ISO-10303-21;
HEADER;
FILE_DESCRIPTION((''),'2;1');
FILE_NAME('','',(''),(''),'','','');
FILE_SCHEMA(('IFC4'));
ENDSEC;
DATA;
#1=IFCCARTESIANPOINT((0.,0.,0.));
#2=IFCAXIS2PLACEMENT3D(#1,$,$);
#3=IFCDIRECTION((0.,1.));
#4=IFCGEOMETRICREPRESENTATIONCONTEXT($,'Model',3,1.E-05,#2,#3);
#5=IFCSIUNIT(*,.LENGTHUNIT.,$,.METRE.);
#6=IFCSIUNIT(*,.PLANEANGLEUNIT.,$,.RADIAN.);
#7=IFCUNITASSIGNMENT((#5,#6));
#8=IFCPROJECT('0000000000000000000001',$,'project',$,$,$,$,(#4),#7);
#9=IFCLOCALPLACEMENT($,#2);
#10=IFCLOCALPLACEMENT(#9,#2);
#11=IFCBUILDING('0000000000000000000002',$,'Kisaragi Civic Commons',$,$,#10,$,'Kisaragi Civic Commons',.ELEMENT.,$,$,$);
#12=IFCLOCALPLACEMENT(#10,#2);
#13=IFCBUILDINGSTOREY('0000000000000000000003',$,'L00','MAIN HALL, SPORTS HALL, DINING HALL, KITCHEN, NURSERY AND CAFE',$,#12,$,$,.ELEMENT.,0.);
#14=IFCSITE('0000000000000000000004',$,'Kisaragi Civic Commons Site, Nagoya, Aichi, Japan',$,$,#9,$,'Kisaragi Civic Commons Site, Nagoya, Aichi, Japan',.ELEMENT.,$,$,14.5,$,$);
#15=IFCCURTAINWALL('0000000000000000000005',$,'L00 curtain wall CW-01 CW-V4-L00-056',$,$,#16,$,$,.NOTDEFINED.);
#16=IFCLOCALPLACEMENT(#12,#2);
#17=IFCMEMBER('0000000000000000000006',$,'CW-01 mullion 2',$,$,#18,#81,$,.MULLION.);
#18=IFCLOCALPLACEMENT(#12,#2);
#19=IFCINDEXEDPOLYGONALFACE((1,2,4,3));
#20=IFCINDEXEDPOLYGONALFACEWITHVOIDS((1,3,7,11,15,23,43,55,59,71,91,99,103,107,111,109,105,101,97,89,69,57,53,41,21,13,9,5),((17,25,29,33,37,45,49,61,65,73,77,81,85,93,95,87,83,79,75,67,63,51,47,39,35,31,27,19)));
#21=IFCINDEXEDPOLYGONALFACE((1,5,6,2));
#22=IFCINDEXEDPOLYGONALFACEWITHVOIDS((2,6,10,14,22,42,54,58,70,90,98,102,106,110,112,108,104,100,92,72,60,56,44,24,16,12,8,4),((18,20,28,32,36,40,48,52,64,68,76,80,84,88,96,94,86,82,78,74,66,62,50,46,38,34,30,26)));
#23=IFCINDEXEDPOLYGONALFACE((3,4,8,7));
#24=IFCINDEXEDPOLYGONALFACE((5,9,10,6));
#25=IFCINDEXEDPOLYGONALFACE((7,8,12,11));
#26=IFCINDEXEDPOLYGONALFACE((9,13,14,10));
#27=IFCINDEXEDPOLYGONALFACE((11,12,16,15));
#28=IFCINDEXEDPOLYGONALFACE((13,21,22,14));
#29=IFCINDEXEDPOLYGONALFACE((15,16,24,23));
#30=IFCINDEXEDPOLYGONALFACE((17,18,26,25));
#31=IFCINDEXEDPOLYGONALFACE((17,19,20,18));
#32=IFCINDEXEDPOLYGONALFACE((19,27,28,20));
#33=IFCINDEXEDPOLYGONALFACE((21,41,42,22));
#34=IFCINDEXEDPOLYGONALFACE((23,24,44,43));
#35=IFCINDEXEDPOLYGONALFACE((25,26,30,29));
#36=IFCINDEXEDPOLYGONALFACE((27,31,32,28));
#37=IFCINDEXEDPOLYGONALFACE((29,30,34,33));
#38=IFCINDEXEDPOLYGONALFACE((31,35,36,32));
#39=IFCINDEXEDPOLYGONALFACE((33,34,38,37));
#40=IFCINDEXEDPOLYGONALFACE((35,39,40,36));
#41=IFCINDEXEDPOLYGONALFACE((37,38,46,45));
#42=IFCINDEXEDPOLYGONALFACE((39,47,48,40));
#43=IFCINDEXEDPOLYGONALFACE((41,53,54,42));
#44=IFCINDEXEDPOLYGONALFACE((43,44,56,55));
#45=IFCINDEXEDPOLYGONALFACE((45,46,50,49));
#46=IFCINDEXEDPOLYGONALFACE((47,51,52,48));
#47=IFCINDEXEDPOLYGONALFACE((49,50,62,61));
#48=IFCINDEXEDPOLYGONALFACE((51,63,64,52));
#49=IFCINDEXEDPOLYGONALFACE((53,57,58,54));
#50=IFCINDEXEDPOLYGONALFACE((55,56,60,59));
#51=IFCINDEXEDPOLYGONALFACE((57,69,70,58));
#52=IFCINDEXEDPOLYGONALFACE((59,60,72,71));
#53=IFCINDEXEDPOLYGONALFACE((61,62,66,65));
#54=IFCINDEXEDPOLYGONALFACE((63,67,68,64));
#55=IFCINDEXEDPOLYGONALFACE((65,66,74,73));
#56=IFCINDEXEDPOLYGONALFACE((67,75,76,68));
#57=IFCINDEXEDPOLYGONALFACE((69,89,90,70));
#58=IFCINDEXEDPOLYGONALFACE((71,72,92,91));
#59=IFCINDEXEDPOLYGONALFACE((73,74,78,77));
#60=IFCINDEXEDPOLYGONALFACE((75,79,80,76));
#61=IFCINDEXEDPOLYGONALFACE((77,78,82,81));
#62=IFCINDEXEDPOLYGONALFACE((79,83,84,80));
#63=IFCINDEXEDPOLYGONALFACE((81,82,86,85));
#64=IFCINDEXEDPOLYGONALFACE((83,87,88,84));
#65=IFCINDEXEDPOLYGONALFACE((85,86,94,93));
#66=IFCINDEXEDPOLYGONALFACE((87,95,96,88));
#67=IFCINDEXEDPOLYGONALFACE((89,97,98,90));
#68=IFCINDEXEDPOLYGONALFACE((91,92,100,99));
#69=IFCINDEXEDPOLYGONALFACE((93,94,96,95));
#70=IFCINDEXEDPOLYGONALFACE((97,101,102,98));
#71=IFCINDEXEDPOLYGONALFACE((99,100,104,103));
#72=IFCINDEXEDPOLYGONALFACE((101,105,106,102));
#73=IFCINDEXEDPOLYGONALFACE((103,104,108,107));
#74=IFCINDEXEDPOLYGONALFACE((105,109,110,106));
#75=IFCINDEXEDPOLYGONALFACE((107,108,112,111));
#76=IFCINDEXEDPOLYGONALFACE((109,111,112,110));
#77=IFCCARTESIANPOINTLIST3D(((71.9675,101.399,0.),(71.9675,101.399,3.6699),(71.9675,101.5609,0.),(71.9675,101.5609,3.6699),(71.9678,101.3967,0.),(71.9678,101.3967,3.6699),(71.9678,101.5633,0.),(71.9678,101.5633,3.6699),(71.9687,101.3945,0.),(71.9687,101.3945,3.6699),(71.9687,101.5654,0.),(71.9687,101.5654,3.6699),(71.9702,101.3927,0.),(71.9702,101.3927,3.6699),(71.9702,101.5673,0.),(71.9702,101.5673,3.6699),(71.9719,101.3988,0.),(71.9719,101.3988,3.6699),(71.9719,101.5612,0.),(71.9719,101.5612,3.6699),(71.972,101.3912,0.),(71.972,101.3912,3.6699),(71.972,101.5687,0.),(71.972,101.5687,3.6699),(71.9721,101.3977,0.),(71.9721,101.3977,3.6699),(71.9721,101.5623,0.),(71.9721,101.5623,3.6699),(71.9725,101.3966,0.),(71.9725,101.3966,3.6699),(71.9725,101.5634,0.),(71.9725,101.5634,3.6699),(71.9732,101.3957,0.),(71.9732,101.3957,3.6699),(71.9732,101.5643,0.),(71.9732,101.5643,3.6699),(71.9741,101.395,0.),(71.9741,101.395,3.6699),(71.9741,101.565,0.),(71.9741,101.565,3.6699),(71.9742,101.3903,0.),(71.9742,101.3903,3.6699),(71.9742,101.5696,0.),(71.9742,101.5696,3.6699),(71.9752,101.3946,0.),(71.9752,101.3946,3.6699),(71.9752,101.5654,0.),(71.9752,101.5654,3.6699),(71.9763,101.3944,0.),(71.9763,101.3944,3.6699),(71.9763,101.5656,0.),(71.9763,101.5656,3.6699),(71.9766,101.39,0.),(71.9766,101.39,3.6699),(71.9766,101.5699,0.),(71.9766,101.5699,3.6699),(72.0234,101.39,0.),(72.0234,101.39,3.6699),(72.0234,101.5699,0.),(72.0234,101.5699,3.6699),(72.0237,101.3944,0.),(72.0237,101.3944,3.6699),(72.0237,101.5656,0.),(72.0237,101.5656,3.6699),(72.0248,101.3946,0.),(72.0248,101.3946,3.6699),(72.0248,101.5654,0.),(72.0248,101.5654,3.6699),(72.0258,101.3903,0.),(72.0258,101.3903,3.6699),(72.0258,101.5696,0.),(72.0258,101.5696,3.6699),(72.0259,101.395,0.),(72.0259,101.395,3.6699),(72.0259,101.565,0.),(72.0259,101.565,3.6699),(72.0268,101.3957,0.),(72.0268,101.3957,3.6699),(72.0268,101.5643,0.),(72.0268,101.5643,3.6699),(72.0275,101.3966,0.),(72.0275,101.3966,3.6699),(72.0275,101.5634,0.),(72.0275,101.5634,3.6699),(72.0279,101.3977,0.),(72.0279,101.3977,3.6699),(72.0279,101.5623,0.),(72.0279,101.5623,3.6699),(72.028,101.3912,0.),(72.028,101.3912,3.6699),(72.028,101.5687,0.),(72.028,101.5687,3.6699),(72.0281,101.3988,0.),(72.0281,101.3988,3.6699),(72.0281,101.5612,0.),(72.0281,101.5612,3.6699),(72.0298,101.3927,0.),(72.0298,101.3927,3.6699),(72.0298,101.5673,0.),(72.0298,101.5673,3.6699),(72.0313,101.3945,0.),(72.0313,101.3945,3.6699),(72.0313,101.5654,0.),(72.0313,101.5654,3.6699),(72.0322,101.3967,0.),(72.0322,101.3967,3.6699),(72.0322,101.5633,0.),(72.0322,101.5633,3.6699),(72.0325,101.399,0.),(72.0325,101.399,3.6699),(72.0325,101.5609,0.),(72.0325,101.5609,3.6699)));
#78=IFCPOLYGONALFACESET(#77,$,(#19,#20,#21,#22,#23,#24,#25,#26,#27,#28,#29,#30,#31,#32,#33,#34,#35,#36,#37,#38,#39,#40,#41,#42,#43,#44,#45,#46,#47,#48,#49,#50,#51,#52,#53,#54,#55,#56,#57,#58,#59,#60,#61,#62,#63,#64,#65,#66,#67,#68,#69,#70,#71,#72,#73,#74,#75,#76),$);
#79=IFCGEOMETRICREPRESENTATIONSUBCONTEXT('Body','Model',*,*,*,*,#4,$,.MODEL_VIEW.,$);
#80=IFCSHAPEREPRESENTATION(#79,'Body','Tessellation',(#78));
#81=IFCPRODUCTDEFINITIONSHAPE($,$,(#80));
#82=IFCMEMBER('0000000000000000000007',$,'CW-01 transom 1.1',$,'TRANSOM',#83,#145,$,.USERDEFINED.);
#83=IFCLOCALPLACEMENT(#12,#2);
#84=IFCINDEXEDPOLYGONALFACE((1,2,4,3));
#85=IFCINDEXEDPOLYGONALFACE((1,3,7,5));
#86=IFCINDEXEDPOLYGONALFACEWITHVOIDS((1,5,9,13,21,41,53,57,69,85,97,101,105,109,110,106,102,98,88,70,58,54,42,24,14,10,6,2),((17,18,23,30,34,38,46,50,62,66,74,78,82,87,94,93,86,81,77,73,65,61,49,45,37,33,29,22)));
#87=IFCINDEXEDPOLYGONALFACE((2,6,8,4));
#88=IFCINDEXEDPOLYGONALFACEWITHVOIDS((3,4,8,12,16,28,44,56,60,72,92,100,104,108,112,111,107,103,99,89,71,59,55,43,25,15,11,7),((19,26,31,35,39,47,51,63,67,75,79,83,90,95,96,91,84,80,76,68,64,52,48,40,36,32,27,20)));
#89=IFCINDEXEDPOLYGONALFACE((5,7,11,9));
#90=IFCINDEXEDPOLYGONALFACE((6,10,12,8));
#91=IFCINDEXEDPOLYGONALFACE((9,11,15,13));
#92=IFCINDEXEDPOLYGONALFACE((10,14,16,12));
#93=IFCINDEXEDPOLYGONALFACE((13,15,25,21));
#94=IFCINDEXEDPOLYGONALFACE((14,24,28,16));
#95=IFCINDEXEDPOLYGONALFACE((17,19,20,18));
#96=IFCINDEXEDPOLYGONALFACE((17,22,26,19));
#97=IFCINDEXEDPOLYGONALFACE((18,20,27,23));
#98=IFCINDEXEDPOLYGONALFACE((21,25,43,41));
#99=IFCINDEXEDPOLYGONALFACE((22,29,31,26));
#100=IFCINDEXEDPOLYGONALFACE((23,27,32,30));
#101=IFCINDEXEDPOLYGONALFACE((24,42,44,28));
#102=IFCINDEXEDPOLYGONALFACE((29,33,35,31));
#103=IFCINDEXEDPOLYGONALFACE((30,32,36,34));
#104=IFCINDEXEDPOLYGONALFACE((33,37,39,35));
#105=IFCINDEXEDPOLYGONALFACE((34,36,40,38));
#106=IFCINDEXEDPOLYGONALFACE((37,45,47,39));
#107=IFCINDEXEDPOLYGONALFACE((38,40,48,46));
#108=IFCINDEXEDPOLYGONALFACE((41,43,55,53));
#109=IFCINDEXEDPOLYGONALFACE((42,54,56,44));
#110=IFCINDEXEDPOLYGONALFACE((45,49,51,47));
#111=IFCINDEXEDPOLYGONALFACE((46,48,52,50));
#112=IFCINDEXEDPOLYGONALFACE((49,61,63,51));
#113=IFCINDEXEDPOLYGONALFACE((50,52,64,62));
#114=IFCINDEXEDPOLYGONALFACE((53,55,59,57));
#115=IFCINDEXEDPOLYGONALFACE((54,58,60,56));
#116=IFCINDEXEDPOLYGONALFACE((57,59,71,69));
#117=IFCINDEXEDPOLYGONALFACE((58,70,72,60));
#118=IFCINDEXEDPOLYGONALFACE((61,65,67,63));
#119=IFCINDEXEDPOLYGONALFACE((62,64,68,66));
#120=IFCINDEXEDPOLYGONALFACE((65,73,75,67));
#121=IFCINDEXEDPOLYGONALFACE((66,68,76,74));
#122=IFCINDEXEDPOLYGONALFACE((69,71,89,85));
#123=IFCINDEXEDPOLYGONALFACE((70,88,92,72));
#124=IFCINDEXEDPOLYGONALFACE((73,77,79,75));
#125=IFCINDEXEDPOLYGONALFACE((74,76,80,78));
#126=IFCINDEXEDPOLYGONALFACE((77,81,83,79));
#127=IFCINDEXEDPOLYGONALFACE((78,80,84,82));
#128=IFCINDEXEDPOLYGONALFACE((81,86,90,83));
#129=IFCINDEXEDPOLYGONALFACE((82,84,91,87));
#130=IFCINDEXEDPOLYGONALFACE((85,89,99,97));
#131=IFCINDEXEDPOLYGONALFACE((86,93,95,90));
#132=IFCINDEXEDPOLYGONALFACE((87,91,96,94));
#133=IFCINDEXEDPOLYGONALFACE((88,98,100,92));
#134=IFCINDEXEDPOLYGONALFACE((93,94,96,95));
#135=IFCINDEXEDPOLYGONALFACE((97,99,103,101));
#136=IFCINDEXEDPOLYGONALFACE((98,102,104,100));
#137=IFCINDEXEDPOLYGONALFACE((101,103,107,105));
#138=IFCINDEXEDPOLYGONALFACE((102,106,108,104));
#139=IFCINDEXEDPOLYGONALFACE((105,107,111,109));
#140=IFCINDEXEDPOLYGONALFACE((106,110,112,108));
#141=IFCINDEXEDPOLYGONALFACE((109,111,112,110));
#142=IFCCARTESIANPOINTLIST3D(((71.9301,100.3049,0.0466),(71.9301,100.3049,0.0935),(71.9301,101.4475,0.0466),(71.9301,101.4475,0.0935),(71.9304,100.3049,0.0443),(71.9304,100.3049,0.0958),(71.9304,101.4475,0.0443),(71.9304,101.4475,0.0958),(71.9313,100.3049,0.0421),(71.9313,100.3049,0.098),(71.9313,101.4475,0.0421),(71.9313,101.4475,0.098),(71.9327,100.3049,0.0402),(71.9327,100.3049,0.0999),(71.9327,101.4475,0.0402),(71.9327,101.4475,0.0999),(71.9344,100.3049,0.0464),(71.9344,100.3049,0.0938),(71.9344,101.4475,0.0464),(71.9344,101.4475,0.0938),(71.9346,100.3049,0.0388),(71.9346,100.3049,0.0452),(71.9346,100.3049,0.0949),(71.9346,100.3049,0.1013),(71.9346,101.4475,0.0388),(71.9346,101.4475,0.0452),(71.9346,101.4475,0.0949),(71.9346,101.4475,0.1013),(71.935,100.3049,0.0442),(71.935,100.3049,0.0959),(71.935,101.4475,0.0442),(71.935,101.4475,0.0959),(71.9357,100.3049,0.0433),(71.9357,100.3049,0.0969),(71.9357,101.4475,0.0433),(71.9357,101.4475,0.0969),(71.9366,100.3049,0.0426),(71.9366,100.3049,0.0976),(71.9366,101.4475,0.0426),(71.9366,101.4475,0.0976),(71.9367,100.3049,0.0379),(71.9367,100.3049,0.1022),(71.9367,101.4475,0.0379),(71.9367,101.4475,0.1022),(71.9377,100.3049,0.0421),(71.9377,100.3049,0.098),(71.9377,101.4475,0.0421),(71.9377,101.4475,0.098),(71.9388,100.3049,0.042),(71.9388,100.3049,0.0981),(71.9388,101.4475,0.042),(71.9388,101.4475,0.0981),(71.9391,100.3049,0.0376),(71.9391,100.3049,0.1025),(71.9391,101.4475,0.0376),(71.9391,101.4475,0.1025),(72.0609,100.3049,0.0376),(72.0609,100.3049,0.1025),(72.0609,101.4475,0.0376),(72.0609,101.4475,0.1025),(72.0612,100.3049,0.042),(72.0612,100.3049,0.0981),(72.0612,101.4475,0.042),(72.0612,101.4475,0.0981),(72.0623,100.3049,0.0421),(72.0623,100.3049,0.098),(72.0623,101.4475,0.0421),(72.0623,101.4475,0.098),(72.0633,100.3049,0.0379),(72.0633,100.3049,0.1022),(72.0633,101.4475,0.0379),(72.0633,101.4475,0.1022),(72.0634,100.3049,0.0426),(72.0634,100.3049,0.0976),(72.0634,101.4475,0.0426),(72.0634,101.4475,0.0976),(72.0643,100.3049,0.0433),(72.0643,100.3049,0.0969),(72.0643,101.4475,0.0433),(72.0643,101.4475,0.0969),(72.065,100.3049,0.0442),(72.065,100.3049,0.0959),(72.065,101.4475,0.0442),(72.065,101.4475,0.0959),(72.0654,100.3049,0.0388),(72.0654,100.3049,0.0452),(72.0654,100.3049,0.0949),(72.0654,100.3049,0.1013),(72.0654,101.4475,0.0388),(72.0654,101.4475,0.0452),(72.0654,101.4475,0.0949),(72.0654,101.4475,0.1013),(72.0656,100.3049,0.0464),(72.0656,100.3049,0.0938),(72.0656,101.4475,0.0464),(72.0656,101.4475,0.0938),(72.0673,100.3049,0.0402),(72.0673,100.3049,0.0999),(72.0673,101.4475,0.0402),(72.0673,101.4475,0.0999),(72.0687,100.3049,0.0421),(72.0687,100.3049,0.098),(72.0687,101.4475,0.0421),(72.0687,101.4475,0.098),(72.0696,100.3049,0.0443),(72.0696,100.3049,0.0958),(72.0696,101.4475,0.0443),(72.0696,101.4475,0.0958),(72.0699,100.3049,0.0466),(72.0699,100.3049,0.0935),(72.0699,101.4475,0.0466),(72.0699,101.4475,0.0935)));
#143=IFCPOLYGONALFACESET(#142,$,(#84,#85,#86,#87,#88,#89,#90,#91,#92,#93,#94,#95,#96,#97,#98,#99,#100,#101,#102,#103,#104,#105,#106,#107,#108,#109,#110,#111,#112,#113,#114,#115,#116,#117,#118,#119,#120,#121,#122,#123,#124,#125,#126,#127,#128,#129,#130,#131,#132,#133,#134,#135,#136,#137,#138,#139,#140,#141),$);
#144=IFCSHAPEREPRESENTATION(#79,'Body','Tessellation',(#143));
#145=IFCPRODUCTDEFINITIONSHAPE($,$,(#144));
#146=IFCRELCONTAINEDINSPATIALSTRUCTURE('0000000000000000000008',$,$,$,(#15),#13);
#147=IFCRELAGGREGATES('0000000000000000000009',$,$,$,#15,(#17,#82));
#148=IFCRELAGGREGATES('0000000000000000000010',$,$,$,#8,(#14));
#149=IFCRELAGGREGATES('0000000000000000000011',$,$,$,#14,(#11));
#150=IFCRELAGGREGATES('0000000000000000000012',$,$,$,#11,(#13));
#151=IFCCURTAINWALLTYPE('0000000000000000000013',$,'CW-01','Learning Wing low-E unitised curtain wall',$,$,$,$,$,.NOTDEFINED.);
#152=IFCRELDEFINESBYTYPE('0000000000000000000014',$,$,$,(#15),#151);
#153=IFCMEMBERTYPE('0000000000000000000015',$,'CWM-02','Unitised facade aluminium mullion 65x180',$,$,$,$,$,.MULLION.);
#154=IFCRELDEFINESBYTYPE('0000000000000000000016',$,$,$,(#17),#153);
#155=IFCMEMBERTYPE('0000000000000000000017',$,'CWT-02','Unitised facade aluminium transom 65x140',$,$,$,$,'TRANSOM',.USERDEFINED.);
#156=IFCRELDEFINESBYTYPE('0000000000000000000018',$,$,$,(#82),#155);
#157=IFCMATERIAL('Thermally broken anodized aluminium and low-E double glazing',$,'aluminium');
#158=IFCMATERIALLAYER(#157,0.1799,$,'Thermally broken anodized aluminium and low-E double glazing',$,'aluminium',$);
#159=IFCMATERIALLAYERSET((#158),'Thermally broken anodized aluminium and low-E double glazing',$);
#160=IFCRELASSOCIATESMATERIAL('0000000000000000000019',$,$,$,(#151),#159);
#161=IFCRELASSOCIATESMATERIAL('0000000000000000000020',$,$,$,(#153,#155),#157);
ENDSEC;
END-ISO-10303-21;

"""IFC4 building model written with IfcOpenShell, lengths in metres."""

from ifc_helpers import new_model, si_unit, direction, frame, origin, origin_2d, place, context, subcontext, project, spatial, hollow_rectangle, extrude, material, layer, layer_set, material_profile, profile_set, type_object, element, aggregate, save


model = new_model("IFC4")

# Units and contexts
model_context = context("Model", 3, precision=1e-05, world=origin(), true_north=direction((0.0, 1.0)))
body_context = subcontext(model_context, "Body", "Model", "MODEL_VIEW")
ifc_project = project(units=[si_unit("LENGTHUNIT", "METRE"), si_unit("PLANEANGLEUNIT", "RADIAN")], contexts=[model_context])

# Site, building, storey
site_placement = place(None, origin())
site = spatial("IfcSite", under=ifc_project, at=site_placement, Name="Kisaragi Civic Commons Site, Nagoya, Aichi, Japan", LongName="Kisaragi Civic Commons Site, Nagoya, Aichi, Japan", CompositionType="ELEMENT", RefElevation=14.5)
building_placement = place(site_placement, origin())
building = spatial("IfcBuilding", under=site, at=building_placement, Name="Kisaragi Civic Commons", LongName="Kisaragi Civic Commons", CompositionType="ELEMENT")
storey_placement = place(building_placement, origin())
storey = spatial("IfcBuildingStorey", under=building, at=storey_placement, Name="L00", Description="MAIN HALL, SPORTS HALL, DINING HALL, KITCHEN, NURSERY AND CAFE", CompositionType="ELEMENT", Elevation=0.0)

# Shared definitions
ifc_material_1 = material(Name="Thermally broken anodized aluminium and low-E double glazing", Category="aluminium")
ifc_layer_1 = layer(ifc_material_1, 0.1799, Name="Thermally broken anodized aluminium and low-E double glazing", Category="aluminium")
ifc_layer_set_1 = layer_set([ifc_layer_1], Name="Thermally broken anodized aluminium and low-E double glazing")
curtain_wall_type = type_object("IfcCurtainWallType", Name="CW-01", Description="Learning Wing low-E unitised curtain wall", PredefinedType="NOTDEFINED", material=ifc_layer_set_1)
ifc_material_profile_1 = material_profile(ifc_material_1, hollow_rectangle(XDim=0.0649, YDim=0.1799, WallThickness=0.0044, InnerFilletRadius=0.0044, OuterFilletRadius=0.009, at=origin_2d()), Name="CWM-65x180x4.5", Category="aluminium")
ifc_profile_set_1 = profile_set([ifc_material_profile_1], Name="Thermally broken anodized aluminium and low-E double glazing")
member_type_1 = type_object("IfcMemberType", Name="CWM-02", Description="Unitised facade aluminium mullion 65x180", PredefinedType="MULLION", material=ifc_profile_set_1)

# Curtain wall, members
curtain_wall_1_placement = place(storey_placement, origin())
curtain_wall_1 = element("IfcCurtainWall", 1, at=curtain_wall_1_placement, inside=storey, type_object=curtain_wall_type, Name="L00 curtain wall CW-01 CW-V4-L00-056", PredefinedType="NOTDEFINED")
member_1_placement = place(storey_placement, frame((72.0, 101.48, 0.0), z_axis=(0.0, 0.0, 1.0), x_axis=(-1.0, 0.0, 0.0)))
member_1 = element("IfcMember", 2, at=member_1_placement, type_object=member_type_1, Name="CW-01 mullion 2", PredefinedType="MULLION", context=body_context, shape_type="SweptSolid", body=[
    extrude(hollow_rectangle(XDim=0.0649, YDim=0.1799, WallThickness=0.0044, InnerFilletRadius=0.0044, OuterFilletRadius=0.009, at=origin_2d()), origin(), (0.0, 0.0, 1.0), 3.6699),
])
ifc_material_profile_2 = material_profile(ifc_material_1, hollow_rectangle(XDim=0.1399, YDim=0.0649, WallThickness=0.0044, InnerFilletRadius=0.0044, OuterFilletRadius=0.009, at=origin_2d()), Name="CWT-65x140x4.5", Category="aluminium")
ifc_profile_set_2 = profile_set([ifc_material_profile_2], Name="Thermally broken anodized aluminium and low-E double glazing")
member_type_2 = type_object("IfcMemberType", Name="CWT-02", Description="Unitised facade aluminium transom 65x140", ElementType="TRANSOM", PredefinedType="USERDEFINED", material=ifc_profile_set_2)
member_2_placement = place(storey_placement, frame((72.0, 100.3049, 0.0701), z_axis=(0.0, 1.0, 0.0), x_axis=(-1.0, 0.0, 0.0)))
member_2 = element("IfcMember", 3, at=member_2_placement, type_object=member_type_2, Name="CW-01 transom 1.1", ObjectType="TRANSOM", PredefinedType="USERDEFINED", context=body_context, shape_type="SweptSolid", body=[
    extrude(hollow_rectangle(XDim=0.1399, YDim=0.0649, WallThickness=0.0044, InnerFilletRadius=0.0044, OuterFilletRadius=0.009, at=origin_2d()), origin(), (0.0, 0.0, 1.0), 1.1426),
])

aggregate(curtain_wall_1, [member_1, member_2])

save(model, "model.ifc")
